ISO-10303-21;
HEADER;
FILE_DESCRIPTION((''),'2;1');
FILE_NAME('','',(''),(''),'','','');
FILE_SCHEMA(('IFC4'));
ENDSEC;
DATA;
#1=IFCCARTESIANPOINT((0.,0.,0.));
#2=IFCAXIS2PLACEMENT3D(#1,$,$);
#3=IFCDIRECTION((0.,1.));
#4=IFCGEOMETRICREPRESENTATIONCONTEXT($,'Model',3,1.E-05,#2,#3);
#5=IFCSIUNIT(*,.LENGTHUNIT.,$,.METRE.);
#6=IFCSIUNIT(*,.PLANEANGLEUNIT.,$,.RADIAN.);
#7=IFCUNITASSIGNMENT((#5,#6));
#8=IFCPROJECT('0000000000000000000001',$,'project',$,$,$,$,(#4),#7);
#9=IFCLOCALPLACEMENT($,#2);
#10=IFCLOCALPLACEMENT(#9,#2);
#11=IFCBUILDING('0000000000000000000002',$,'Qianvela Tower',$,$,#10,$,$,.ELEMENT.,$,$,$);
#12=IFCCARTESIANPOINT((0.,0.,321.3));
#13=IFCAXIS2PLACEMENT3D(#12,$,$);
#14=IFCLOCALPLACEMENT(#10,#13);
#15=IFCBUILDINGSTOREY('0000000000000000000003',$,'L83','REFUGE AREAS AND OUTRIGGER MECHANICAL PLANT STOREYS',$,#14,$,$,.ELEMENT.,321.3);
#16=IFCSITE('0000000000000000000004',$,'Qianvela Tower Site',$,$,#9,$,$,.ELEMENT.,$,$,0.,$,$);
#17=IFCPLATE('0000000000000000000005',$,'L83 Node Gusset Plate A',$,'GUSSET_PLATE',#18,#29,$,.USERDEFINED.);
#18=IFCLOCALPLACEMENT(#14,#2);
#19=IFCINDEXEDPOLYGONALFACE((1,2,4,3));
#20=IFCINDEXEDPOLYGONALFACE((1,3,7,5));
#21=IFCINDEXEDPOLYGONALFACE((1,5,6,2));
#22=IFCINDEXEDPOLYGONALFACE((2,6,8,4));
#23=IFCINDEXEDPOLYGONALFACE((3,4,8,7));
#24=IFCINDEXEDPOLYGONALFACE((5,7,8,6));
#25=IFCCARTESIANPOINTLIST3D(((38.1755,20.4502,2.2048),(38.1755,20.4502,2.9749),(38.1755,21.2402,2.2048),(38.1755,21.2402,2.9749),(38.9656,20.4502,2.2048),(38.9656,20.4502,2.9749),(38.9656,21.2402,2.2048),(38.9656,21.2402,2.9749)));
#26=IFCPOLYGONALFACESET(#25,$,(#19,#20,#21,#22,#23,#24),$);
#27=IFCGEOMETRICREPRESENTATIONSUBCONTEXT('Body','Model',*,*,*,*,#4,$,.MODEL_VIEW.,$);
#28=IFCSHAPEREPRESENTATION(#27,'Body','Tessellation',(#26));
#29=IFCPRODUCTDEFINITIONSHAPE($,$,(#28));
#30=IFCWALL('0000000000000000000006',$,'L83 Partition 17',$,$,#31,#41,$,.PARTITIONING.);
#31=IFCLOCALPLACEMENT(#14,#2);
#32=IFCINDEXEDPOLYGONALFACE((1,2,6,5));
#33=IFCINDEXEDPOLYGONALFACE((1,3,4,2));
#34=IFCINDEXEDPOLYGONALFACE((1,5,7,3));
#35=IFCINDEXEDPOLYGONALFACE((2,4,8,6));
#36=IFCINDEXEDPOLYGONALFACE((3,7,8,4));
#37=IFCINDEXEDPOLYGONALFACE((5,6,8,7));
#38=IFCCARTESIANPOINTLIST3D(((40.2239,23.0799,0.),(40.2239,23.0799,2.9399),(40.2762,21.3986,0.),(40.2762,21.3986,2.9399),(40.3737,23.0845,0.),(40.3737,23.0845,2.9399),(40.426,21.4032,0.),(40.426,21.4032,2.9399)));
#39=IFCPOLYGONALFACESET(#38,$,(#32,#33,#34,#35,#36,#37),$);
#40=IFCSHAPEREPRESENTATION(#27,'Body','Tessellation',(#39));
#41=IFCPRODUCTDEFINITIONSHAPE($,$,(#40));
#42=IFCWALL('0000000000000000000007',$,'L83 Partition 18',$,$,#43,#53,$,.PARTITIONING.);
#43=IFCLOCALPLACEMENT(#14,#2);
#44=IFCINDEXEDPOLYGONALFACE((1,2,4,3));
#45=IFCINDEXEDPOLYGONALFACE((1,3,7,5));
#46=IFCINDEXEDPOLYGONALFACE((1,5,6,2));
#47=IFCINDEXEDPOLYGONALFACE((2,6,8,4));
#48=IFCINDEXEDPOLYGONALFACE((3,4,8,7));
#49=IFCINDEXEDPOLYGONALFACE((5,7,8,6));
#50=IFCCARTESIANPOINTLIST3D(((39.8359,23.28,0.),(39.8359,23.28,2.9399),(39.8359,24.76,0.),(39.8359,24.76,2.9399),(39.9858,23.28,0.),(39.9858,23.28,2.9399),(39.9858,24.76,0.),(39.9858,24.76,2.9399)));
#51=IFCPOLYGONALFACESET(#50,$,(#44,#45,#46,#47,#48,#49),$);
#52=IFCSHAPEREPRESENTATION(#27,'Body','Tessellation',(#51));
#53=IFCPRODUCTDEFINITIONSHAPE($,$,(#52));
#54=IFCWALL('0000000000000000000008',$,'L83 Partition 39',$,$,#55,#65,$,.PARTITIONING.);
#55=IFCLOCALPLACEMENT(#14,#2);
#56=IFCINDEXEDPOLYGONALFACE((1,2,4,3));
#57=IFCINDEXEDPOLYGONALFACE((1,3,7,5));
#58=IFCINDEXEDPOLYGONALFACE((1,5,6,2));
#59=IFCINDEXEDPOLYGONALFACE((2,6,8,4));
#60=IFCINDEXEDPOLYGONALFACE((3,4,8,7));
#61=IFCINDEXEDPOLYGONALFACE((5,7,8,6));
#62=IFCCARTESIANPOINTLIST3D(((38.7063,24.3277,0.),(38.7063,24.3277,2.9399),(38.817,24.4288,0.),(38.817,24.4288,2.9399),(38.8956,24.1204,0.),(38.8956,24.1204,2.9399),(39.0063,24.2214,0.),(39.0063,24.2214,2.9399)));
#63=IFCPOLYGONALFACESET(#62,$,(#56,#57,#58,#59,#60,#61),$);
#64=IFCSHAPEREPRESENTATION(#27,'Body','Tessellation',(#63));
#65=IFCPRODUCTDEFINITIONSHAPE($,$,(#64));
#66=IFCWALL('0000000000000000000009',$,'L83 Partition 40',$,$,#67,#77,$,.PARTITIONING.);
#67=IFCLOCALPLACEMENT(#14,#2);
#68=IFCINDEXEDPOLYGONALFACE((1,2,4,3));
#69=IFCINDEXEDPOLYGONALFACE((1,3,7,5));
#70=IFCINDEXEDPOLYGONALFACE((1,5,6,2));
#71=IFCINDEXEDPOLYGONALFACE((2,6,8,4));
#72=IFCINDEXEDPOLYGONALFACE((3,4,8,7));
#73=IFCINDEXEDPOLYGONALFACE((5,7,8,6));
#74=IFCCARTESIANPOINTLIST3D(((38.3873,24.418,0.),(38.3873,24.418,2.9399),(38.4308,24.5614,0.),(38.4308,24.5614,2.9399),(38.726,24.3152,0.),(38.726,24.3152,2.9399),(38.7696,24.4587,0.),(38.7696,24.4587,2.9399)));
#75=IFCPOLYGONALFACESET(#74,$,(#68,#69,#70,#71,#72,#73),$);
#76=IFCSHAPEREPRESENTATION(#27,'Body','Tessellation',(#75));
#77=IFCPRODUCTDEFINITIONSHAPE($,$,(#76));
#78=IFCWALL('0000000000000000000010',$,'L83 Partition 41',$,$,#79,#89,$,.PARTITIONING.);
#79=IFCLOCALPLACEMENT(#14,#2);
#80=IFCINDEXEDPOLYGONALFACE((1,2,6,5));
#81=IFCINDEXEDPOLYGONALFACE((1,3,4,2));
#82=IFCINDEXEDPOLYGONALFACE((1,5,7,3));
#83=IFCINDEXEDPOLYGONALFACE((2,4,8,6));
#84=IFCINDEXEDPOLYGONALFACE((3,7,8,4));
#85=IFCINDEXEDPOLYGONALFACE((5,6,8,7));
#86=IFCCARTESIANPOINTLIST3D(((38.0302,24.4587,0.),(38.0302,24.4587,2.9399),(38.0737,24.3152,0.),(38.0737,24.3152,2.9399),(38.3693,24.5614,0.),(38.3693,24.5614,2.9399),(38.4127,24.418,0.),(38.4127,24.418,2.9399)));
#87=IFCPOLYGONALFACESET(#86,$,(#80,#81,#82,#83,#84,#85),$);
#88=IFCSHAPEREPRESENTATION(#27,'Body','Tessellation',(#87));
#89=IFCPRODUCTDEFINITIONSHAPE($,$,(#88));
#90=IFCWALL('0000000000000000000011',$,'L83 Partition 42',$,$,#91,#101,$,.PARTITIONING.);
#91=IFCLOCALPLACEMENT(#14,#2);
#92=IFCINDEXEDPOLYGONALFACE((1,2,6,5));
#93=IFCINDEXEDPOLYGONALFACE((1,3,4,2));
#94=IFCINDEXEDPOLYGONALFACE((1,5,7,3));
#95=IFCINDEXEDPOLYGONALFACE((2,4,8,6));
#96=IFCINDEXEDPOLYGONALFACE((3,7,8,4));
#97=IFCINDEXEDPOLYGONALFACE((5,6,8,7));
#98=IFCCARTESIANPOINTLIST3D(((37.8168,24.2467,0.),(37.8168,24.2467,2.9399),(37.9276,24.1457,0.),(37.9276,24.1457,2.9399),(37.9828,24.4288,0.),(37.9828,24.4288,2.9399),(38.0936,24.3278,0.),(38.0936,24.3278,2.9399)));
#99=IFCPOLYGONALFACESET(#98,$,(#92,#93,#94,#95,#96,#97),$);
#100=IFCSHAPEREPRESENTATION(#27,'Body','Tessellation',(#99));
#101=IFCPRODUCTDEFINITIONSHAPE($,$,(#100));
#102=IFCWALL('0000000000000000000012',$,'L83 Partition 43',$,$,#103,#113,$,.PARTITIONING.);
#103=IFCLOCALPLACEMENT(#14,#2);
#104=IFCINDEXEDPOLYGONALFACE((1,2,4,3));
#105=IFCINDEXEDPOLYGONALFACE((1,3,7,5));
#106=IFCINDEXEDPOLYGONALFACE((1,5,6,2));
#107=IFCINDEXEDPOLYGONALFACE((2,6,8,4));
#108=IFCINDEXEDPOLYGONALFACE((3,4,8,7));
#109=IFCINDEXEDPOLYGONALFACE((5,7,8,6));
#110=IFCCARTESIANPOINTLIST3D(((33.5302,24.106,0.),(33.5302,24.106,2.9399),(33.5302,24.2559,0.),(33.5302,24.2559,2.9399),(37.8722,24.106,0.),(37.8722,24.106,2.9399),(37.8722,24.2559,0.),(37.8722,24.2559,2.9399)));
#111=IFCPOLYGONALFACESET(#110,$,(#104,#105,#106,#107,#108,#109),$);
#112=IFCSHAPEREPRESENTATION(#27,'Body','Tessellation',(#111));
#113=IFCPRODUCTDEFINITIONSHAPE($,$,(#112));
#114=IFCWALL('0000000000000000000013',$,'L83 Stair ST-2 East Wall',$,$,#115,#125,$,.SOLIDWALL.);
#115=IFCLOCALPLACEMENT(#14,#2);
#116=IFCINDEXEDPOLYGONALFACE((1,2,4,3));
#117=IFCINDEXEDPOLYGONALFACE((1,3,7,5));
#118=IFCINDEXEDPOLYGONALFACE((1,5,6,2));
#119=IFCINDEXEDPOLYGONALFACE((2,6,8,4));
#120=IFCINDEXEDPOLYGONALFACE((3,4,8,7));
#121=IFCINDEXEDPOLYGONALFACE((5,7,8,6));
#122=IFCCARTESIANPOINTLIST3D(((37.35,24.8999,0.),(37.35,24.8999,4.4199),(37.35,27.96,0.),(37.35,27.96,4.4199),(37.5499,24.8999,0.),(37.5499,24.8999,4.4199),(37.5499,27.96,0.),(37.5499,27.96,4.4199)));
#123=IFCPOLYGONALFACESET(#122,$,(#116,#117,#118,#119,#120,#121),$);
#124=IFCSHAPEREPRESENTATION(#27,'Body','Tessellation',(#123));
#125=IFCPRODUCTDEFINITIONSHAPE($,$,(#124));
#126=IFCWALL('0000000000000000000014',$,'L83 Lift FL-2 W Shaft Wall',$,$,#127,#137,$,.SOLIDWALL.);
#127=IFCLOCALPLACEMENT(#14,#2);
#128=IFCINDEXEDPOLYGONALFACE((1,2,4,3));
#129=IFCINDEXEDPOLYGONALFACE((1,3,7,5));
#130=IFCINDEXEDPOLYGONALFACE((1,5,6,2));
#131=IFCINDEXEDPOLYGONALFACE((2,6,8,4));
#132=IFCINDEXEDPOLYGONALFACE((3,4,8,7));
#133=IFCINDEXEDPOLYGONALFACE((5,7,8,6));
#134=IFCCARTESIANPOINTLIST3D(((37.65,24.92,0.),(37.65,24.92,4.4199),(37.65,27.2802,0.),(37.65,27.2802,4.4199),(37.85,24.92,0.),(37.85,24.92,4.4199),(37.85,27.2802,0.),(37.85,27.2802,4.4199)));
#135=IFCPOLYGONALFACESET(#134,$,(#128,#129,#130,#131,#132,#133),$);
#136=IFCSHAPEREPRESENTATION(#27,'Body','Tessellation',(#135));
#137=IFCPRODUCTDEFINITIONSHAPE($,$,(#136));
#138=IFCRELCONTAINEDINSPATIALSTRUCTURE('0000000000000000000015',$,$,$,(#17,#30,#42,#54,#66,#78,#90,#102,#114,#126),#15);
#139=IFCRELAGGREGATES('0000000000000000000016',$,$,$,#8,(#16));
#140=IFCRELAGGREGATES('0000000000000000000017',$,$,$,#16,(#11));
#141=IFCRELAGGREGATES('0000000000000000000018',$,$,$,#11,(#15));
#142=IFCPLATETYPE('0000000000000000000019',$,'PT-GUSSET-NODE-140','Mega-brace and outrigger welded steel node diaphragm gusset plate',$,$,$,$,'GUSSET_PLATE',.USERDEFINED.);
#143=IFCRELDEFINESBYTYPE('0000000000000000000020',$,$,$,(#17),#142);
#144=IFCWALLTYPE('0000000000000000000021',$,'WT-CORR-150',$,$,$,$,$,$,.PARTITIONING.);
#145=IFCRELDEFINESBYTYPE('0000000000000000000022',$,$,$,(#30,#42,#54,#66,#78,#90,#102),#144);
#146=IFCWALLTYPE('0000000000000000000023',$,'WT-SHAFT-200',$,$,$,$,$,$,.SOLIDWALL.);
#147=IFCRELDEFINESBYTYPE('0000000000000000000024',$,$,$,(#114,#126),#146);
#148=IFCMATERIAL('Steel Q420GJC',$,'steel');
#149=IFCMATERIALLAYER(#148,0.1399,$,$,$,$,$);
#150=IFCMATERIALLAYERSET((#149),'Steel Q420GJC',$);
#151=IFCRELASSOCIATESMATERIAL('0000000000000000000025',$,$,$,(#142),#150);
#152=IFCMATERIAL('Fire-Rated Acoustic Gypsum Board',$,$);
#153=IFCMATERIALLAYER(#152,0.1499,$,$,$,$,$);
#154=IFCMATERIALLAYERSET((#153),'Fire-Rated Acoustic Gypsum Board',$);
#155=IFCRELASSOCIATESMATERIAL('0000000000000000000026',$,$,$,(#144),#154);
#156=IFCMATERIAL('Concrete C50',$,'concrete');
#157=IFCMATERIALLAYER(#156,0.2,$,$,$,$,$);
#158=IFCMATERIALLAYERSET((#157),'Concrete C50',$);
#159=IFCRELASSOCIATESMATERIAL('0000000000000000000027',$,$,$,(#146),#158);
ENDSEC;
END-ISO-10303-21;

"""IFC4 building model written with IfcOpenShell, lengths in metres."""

from ifc_helpers import new_model, si_unit, direction, frame, frame_2d, origin, origin_2d, place, context, subcontext, project, spatial, rectangle, extrude, material, layer, layer_set, type_object, element, save


model = new_model("IFC4")

# Units and contexts
model_context = context("Model", 3, precision=1e-05, world=origin(), true_north=direction((0.0, 1.0)))
body_context = subcontext(model_context, "Body", "Model", "MODEL_VIEW")
ifc_project = project(units=[si_unit("LENGTHUNIT", "METRE"), si_unit("PLANEANGLEUNIT", "RADIAN")], contexts=[model_context])

# Site, building, storey
site_placement = place(None, origin())
site = spatial("IfcSite", under=ifc_project, at=site_placement, Name="Qianvela Tower Site", CompositionType="ELEMENT", RefElevation=0.0)
building_placement = place(site_placement, origin())
building = spatial("IfcBuilding", under=site, at=building_placement, Name="Qianvela Tower", CompositionType="ELEMENT")
storey_placement = place(building_placement, frame((0.0, 0.0, 321.3)))
storey = spatial("IfcBuildingStorey", under=building, at=storey_placement, Name="L83", Description="REFUGE AREAS AND OUTRIGGER MECHANICAL PLANT STOREYS", CompositionType="ELEMENT", Elevation=321.3)

# Plate
ifc_material_1 = material(Name="Steel Q420GJC", Category="steel")
ifc_layer_1 = layer(ifc_material_1, 0.1399)
ifc_layer_set_1 = layer_set([ifc_layer_1], Name="Steel Q420GJC")
plate_type_1 = type_object("IfcPlateType", Name="PT-GUSSET-NODE-140", Description="Mega-brace and outrigger welded steel node diaphragm gusset plate", ElementType="GUSSET_PLATE", PredefinedType="USERDEFINED", material=ifc_layer_set_1)
plate_1_placement = place(storey_placement, frame((38.5706, 20.8452, 2.2048), z_axis=(0.0, 0.0, 1.0), x_axis=(1.0, 0.0, 0.0)))
element("IfcPlate", 1, at=plate_1_placement, inside=storey, type_object=plate_type_1, Name="L83 Node Gusset Plate A", ObjectType="GUSSET_PLATE", PredefinedType="USERDEFINED", context=body_context, shape_type="SweptSolid", body=[
    extrude(rectangle(XDim=0.79, YDim=0.79, at=origin_2d()), origin(), (0.0, 0.0, 1.0), 0.77),
])

# Walls
ifc_material_2 = material(Name="Fire-Rated Acoustic Gypsum Board")
ifc_layer_2 = layer(ifc_material_2, 0.1499)
ifc_layer_set_2 = layer_set([ifc_layer_2], Name="Fire-Rated Acoustic Gypsum Board")
wall_type_1 = type_object("IfcWallType", Name="WT-CORR-150", PredefinedType="PARTITIONING", material=ifc_layer_set_2)
wall_1_placement = place(storey_placement, frame((40.3511, 21.4009, 0.0), z_axis=(0.0, 0.0, 1.0), x_axis=(-0.031058, 0.999518, 0.0)))
element("IfcWall", 2, at=wall_1_placement, inside=storey, type_object=wall_type_1, Name="L83 Partition 17", PredefinedType="PARTITIONING", context=body_context, shape_type="SweptSolid", body=[
    extrude(rectangle(XDim=1.6821, YDim=0.1499, at=frame_2d((0.8411, 0.0))), origin(), (0.0, 0.0, 1.0), 2.9399),
])
wall_2_placement = place(storey_placement, frame((39.9109, 23.28, 0.0), z_axis=(0.0, 0.0, 1.0), x_axis=(0.0, 1.0, 0.0)))
element("IfcWall", 3, at=wall_2_placement, inside=storey, type_object=wall_type_1, Name="L83 Partition 18", PredefinedType="PARTITIONING", context=body_context, shape_type="SweptSolid", body=[
    extrude(rectangle(XDim=1.48, YDim=0.1499, at=frame_2d((0.74, 0.0))), origin(), (0.0, 0.0, 1.0), 2.9399),
])
wall_3_placement = place(storey_placement, frame((38.9509, 24.1709, 0.0), z_axis=(0.0, 0.0, 1.0), x_axis=(-0.674187, 0.738561, 0.0)))
element("IfcWall", 4, at=wall_3_placement, inside=storey, type_object=wall_type_1, Name="L83 Partition 39", PredefinedType="PARTITIONING", context=body_context, shape_type="SweptSolid", body=[
    extrude(rectangle(XDim=0.2808, YDim=0.1499, at=frame_2d((0.1404, 0.0))), origin(), (0.0, 0.0, 1.0), 2.9399),
])
wall_4_placement = place(storey_placement, frame((38.7478, 24.387, 0.0), z_axis=(0.0, 0.0, 1.0), x_axis=(-0.956949, 0.290256, 0.0)))
element("IfcWall", 5, at=wall_4_placement, inside=storey, type_object=wall_type_1, Name="L83 Partition 40", PredefinedType="PARTITIONING", context=body_context, shape_type="SweptSolid", body=[
    extrude(rectangle(XDim=0.354, YDim=0.1499, at=frame_2d((0.177, 0.0))), origin(), (0.0, 0.0, 1.0), 2.9399),
])
wall_5_placement = place(storey_placement, frame((38.3911, 24.4897, 0.0), z_axis=(0.0, 0.0, 1.0), x_axis=(-0.957007, -0.290065, 0.0)))
element("IfcWall", 6, at=wall_5_placement, inside=storey, type_object=wall_type_1, Name="L83 Partition 41", PredefinedType="PARTITIONING", context=body_context, shape_type="SweptSolid", body=[
    extrude(rectangle(XDim=0.3542, YDim=0.1499, at=frame_2d((0.1772, 0.0))), origin(), (0.0, 0.0, 1.0), 2.9399),
])
wall_6_placement = place(storey_placement, frame((38.0381, 24.3782, 0.0), z_axis=(0.0, 0.0, 1.0), x_axis=(-0.673658, -0.739043, 0.0)))
element("IfcWall", 7, at=wall_6_placement, inside=storey, type_object=wall_type_1, Name="L83 Partition 42", PredefinedType="PARTITIONING", context=body_context, shape_type="SweptSolid", body=[
    extrude(rectangle(XDim=0.2463, YDim=0.1499, at=frame_2d((0.123, 0.0))), origin(), (0.0, 0.0, 1.0), 2.9399),
])
wall_7_placement = place(storey_placement, frame((37.8721, 24.1809, 0.0), z_axis=(0.0, 0.0, 1.0), x_axis=(-1.0, 0.0, 0.0)))
element("IfcWall", 8, at=wall_7_placement, inside=storey, type_object=wall_type_1, Name="L83 Partition 43", PredefinedType="PARTITIONING", context=body_context, shape_type="SweptSolid", body=[
    extrude(rectangle(XDim=4.342, YDim=0.1499, at=frame_2d((2.1709, 0.0))), origin(), (0.0, 0.0, 1.0), 2.9399),
])
ifc_material_3 = material(Name="Concrete C50", Category="concrete")
ifc_layer_3 = layer(ifc_material_3, 0.2)
ifc_layer_set_3 = layer_set([ifc_layer_3], Name="Concrete C50")
wall_type_2 = type_object("IfcWallType", Name="WT-SHAFT-200", PredefinedType="SOLIDWALL", material=ifc_layer_set_3)
wall_8_placement = place(storey_placement, frame((37.45, 24.8999, 0.0), z_axis=(0.0, 0.0, 1.0), x_axis=(0.0, 1.0, 0.0)))
element("IfcWall", 9, at=wall_8_placement, inside=storey, type_object=wall_type_2, Name="L83 Stair ST-2 East Wall", PredefinedType="SOLIDWALL", context=body_context, shape_type="SweptSolid", body=[
    extrude(rectangle(XDim=3.0601, YDim=0.2, at=frame_2d((1.53, 0.0))), origin(), (0.0, 0.0, 1.0), 4.4199),
])

# Wall
wall_9_placement = place(storey_placement, frame((37.75, 24.9199, 0.0), z_axis=(0.0, 0.0, 1.0), x_axis=(0.0, 1.0, 0.0)))
element("IfcWall", 10, at=wall_9_placement, inside=storey, type_object=wall_type_2, Name="L83 Lift FL-2 W Shaft Wall", PredefinedType="SOLIDWALL", context=body_context, shape_type="SweptSolid", body=[
    extrude(rectangle(XDim=2.3601, YDim=0.2, at=frame_2d((1.1802, 0.0))), origin(), (0.0, 0.0, 1.0), 4.4199),
])

save(model, "model.ifc")
